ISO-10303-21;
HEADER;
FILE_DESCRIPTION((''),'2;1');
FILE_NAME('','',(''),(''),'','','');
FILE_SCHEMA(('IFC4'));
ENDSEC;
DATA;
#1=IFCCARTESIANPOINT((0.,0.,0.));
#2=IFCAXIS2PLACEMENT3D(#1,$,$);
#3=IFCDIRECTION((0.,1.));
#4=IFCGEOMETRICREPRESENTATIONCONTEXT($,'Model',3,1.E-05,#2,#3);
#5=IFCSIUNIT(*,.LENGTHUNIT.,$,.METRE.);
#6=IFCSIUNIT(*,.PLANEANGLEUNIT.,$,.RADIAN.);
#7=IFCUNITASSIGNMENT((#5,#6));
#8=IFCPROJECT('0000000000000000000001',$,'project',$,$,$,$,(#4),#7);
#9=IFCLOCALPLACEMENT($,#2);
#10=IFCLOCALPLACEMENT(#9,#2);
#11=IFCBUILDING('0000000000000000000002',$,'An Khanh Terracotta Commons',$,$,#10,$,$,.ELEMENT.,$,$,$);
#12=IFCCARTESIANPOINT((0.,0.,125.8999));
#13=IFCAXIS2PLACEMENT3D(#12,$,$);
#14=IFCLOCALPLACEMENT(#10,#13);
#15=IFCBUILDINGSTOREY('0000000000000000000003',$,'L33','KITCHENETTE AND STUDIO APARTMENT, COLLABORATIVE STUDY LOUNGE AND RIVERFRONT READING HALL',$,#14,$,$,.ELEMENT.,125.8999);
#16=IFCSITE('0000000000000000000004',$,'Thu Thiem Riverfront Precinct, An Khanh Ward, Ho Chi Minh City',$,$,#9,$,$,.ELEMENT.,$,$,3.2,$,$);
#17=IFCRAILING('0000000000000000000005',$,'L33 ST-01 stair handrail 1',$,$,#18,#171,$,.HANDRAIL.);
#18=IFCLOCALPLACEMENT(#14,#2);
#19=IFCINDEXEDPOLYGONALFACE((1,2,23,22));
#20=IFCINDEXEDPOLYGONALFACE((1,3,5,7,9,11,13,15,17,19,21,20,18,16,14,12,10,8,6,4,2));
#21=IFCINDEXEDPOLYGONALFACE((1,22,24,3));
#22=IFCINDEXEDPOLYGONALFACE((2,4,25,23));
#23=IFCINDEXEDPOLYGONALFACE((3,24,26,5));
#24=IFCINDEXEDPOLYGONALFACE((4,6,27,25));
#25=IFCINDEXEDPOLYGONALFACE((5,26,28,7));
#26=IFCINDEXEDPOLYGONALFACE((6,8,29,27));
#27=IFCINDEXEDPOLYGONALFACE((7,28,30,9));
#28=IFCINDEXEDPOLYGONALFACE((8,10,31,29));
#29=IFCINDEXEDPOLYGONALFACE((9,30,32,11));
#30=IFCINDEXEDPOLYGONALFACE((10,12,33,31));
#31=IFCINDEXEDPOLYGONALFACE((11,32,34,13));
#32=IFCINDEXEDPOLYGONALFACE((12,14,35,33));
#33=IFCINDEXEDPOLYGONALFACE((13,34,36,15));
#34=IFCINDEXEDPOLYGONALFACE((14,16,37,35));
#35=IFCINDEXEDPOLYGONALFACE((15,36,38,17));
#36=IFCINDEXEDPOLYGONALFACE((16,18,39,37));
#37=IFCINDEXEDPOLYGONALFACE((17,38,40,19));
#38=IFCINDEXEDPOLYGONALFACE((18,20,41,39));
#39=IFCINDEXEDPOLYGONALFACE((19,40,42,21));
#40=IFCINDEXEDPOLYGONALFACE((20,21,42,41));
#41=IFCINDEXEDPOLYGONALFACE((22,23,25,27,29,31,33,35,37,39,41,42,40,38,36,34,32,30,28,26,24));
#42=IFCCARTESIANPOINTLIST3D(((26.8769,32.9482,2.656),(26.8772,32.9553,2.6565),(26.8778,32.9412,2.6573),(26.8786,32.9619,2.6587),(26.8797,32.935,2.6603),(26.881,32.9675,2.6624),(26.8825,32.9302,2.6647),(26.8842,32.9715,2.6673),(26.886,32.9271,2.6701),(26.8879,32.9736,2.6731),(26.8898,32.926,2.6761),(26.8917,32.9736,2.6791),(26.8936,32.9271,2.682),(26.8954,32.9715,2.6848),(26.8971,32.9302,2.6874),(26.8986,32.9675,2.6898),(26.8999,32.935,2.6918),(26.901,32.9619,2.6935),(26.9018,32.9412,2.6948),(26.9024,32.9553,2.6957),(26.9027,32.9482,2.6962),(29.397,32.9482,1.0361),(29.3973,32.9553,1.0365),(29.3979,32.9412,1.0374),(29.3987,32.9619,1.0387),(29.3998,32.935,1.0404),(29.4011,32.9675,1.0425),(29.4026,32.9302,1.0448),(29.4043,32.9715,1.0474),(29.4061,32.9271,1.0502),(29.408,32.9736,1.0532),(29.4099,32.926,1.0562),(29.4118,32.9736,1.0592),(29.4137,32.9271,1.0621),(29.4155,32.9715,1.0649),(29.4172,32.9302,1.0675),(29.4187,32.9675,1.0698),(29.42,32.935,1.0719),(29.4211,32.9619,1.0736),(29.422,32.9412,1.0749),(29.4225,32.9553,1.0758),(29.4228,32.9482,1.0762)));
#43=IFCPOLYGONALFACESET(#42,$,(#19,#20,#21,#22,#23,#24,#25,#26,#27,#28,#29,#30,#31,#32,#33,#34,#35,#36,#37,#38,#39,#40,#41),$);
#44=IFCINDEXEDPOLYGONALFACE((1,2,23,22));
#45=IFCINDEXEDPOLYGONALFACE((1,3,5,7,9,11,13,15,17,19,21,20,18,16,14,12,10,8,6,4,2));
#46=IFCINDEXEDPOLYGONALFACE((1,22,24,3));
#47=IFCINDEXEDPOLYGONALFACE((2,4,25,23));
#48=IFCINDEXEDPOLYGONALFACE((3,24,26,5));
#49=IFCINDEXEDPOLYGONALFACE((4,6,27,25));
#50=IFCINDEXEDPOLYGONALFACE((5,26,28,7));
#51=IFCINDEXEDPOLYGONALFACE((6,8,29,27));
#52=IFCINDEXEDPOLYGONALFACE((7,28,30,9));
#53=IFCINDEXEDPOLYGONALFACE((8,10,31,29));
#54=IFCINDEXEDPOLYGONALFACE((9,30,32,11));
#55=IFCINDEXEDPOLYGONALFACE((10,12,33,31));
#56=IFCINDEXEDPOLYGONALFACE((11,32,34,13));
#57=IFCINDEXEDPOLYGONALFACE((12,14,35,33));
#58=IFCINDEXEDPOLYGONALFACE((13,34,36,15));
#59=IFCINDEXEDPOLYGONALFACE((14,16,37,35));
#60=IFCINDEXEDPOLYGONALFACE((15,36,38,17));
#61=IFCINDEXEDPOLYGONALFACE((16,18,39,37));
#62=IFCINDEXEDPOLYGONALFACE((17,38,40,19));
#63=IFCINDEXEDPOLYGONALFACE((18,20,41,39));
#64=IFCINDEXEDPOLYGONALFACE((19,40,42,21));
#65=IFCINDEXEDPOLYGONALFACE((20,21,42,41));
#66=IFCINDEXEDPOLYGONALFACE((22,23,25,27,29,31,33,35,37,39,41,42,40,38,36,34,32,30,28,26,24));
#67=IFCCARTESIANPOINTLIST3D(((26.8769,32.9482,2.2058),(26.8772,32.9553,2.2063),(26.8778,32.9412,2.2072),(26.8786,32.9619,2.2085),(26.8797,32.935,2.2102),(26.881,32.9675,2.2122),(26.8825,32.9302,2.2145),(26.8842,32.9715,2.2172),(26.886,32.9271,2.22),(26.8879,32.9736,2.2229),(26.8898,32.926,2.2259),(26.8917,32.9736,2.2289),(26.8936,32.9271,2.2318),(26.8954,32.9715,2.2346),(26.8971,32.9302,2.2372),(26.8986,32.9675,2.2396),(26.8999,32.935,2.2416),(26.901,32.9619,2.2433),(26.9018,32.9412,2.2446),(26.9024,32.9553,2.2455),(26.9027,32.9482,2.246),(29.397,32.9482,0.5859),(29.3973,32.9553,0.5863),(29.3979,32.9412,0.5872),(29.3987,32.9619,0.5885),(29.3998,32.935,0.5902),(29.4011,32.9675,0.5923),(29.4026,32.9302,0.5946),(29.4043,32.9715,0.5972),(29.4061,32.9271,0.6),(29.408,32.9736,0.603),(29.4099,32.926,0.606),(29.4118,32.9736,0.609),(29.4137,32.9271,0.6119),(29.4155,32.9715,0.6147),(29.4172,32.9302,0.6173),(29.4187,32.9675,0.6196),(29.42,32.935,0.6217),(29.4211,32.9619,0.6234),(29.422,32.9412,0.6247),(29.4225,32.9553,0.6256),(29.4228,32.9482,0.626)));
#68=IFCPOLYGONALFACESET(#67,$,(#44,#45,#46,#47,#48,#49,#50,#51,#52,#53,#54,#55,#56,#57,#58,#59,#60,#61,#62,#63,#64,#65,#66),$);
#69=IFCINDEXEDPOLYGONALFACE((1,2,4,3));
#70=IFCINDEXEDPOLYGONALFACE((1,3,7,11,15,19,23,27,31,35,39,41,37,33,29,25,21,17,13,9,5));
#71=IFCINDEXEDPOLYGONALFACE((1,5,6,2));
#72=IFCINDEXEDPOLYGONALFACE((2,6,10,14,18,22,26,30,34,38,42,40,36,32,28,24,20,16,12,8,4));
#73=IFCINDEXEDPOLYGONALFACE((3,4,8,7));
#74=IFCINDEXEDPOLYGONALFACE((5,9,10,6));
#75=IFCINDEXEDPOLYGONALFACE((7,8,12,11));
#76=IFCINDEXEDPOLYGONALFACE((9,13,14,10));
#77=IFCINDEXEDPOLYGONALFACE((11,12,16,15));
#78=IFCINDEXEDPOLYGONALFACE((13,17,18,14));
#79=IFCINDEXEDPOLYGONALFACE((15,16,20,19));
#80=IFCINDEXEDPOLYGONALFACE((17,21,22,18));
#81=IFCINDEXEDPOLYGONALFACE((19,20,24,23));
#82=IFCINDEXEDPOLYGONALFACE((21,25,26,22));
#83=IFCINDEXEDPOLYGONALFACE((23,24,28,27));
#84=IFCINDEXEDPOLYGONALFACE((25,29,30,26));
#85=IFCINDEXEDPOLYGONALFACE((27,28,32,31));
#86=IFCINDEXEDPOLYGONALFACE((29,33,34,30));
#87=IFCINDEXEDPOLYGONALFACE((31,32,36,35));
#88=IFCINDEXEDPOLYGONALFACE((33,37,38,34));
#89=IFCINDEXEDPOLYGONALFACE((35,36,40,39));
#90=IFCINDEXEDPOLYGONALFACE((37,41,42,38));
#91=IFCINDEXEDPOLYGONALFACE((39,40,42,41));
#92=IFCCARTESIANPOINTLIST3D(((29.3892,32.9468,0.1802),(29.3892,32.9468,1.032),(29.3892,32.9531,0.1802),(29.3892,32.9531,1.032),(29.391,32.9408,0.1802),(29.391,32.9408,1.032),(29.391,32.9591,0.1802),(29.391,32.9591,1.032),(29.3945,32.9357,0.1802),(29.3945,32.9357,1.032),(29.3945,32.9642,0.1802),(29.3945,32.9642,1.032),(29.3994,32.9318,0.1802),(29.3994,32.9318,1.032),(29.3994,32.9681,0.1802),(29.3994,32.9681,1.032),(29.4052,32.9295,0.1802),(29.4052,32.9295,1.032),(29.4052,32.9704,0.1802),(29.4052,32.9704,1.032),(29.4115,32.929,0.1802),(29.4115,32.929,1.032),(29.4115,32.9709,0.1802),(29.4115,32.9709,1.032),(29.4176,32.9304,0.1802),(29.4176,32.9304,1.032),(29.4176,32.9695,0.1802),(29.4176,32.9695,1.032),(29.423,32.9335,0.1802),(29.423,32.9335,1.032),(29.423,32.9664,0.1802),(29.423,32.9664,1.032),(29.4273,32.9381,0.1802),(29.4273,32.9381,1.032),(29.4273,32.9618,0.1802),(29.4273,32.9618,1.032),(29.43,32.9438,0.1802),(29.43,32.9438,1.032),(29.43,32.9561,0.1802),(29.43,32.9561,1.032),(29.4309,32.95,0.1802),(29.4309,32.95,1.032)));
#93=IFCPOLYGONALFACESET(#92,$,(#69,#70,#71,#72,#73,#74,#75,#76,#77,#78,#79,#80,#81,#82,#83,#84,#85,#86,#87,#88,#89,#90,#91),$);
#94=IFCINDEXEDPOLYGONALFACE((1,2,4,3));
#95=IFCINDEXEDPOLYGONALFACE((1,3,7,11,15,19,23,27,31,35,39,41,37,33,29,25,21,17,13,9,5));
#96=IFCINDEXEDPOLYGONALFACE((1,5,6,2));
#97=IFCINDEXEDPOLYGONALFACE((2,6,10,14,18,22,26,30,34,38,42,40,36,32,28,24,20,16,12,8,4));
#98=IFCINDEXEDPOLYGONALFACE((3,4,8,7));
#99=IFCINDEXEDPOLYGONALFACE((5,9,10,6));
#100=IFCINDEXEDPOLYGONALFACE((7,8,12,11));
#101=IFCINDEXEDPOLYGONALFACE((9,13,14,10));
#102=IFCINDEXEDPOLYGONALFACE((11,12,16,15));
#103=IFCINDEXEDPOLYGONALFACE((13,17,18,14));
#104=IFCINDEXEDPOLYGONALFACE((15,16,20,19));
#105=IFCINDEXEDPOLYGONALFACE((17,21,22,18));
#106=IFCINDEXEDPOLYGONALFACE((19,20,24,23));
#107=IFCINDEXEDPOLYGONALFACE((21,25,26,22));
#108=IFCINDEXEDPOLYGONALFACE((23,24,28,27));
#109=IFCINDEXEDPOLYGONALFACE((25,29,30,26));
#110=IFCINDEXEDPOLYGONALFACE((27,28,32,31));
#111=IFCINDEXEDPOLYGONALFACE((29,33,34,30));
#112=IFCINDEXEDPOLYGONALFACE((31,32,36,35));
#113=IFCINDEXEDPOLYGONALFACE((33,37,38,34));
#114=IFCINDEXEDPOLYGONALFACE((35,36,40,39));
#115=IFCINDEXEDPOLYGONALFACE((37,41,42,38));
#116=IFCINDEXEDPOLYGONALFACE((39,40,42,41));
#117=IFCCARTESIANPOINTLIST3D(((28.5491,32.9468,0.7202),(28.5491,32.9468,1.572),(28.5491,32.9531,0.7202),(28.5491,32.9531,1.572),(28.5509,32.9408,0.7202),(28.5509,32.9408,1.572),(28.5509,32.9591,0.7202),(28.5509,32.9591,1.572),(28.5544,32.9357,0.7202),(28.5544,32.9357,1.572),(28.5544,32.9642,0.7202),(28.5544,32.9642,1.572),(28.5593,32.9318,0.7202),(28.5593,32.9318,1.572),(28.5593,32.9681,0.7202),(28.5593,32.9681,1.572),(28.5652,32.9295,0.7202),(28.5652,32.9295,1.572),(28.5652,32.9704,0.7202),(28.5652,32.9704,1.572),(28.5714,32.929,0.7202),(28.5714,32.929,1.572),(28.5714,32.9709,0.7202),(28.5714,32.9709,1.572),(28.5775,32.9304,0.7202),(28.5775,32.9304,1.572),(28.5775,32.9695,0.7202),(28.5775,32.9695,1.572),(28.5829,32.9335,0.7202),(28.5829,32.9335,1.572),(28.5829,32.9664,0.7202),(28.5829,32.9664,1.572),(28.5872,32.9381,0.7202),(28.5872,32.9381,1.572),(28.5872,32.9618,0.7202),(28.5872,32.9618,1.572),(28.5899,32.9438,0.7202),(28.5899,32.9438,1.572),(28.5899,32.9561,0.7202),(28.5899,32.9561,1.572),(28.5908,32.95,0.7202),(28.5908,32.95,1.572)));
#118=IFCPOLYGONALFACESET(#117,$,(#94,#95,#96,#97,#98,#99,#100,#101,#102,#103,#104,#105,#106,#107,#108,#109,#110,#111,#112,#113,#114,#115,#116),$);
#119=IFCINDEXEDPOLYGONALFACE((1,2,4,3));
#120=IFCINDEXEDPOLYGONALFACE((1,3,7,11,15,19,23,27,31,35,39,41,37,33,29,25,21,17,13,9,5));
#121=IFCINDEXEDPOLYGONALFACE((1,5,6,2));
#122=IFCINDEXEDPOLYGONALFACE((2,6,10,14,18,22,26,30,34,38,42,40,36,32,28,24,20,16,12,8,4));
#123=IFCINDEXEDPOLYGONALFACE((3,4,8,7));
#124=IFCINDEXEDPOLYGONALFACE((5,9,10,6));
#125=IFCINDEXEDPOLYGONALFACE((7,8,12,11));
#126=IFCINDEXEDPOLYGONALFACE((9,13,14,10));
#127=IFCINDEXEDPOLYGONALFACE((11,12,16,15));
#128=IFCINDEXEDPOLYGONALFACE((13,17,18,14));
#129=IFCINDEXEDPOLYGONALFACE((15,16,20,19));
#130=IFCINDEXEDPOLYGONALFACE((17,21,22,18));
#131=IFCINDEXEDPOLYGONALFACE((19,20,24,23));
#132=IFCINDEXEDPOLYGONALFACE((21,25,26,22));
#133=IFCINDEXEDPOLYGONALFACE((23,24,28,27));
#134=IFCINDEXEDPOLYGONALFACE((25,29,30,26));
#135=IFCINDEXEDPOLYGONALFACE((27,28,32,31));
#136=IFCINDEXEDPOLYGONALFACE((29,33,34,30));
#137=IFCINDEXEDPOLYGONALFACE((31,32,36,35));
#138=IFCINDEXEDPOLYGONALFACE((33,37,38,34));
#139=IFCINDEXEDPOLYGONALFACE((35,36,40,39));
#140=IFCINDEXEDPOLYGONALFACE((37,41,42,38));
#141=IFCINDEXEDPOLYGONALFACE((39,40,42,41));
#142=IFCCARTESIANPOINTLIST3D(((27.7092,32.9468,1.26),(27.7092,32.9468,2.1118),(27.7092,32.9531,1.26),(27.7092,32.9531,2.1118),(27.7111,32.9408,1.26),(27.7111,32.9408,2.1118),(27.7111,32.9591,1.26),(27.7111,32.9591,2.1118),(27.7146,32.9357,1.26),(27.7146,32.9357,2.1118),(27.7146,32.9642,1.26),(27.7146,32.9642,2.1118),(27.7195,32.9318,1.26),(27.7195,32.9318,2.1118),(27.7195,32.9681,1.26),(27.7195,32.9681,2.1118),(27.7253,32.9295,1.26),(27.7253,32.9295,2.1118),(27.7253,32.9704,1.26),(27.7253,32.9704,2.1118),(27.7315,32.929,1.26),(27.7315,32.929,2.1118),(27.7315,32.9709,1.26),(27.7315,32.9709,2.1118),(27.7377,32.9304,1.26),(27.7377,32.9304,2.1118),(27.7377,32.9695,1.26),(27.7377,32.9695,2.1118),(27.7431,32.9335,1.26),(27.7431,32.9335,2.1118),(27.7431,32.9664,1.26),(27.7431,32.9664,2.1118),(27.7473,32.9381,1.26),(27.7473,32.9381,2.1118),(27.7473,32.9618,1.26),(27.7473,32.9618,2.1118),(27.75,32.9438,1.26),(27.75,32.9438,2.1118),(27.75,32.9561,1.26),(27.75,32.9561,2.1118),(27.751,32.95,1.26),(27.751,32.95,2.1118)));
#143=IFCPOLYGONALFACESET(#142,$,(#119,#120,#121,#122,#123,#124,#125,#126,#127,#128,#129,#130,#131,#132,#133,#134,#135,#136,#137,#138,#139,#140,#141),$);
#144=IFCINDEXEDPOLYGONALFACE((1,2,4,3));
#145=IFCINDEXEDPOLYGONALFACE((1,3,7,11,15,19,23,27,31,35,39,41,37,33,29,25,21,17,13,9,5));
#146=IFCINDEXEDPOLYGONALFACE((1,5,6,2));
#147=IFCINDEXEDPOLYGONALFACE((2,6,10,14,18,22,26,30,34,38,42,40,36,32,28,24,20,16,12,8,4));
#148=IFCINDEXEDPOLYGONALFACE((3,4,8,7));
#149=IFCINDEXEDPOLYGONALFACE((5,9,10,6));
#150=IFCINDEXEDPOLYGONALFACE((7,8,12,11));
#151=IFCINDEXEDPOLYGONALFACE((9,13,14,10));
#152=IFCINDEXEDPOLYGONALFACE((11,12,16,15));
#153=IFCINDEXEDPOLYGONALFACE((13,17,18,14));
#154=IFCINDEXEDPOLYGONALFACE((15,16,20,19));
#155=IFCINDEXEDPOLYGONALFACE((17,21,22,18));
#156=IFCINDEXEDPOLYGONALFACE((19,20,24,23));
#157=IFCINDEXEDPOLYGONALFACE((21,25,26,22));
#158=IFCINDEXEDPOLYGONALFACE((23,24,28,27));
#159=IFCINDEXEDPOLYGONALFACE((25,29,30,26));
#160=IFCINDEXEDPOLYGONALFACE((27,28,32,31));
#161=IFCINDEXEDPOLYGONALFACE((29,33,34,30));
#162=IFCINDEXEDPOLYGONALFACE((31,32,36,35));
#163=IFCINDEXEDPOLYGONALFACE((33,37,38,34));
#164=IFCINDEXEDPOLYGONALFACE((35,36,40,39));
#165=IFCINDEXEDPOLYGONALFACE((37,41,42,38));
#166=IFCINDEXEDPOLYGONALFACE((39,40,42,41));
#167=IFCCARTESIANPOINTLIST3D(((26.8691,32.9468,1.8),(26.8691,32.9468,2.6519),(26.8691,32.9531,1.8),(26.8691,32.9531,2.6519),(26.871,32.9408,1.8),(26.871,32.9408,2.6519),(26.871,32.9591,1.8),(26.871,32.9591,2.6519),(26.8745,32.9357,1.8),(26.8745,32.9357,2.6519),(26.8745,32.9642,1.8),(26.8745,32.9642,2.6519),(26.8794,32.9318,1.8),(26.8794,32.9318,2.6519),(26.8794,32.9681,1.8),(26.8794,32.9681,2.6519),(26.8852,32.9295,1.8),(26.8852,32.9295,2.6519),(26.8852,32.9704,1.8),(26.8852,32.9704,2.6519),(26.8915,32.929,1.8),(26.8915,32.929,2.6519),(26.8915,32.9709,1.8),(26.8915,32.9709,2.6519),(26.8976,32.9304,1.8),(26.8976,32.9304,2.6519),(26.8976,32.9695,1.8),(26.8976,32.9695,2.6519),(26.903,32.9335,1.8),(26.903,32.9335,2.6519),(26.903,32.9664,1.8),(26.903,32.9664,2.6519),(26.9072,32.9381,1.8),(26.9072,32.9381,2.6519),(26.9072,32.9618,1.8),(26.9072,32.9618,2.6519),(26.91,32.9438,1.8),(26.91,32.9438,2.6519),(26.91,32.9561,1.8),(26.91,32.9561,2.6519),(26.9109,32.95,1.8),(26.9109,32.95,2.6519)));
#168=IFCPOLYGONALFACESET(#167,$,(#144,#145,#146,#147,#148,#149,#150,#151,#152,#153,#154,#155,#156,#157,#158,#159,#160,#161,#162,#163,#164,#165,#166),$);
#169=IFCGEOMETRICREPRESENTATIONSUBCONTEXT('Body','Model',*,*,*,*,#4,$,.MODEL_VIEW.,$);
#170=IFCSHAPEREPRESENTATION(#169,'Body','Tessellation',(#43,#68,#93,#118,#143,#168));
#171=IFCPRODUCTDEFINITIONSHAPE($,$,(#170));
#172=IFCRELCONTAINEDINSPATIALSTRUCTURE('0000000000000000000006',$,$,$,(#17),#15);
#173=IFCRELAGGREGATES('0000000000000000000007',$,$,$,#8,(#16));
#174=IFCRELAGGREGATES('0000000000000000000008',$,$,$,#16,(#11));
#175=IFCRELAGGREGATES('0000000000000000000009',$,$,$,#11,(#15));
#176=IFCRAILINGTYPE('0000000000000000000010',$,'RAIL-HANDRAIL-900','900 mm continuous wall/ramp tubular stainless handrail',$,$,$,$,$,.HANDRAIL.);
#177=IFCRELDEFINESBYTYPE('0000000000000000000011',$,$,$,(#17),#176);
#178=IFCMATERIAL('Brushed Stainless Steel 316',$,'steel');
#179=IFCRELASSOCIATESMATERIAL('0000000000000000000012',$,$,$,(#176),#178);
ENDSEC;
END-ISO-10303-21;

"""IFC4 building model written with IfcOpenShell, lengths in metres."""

from ifc_helpers import new_model, si_unit, direction, frame, origin, origin_2d, place, context, subcontext, project, spatial, circle, extrude, material, type_object, element, save


model = new_model("IFC4")

# Units and contexts
model_context = context("Model", 3, precision=1e-05, world=origin(), true_north=direction((0.0, 1.0)))
body_context = subcontext(model_context, "Body", "Model", "MODEL_VIEW")
ifc_project = project(units=[si_unit("LENGTHUNIT", "METRE"), si_unit("PLANEANGLEUNIT", "RADIAN")], contexts=[model_context])

# Site, building, storey
site_placement = place(None, origin())
site = spatial("IfcSite", under=ifc_project, at=site_placement, Name="Thu Thiem Riverfront Precinct, An Khanh Ward, Ho Chi Minh City", CompositionType="ELEMENT", RefElevation=3.2)
building_placement = place(site_placement, origin())
building = spatial("IfcBuilding", under=site, at=building_placement, Name="An Khanh Terracotta Commons", CompositionType="ELEMENT")
storey_placement = place(building_placement, frame((0.0, 0.0, 125.8999)))
storey = spatial("IfcBuildingStorey", under=building, at=storey_placement, Name="L33", Description="KITCHENETTE AND STUDIO APARTMENT, COLLABORATIVE STUDY LOUNGE AND RIVERFRONT READING HALL", CompositionType="ELEMENT", Elevation=125.8999)

# Railing
ifc_material_1 = material(Name="Brushed Stainless Steel 316", Category="steel")
railing_type_1 = type_object("IfcRailingType", Name="RAIL-HANDRAIL-900", Description="900 mm continuous wall/ramp tubular stainless handrail", PredefinedType="HANDRAIL", material=ifc_material_1)
railing_1_placement = place(storey_placement, frame((29.4099, 32.95, 0.1802)))
element("IfcRailing", 1, at=railing_1_placement, inside=storey, type_object=railing_type_1, Name="L33 ST-01 stair handrail 1", PredefinedType="HANDRAIL", context=body_context, shape_type="SweptSolid", body=[
    extrude(circle(Radius=0.0239, at=origin_2d()), frame((0.0, 0.0, 0.876), z_axis=(-0.8412, 0.0, 0.540725), x_axis=(0.0, -1.0, 0.0)), (0.0, 0.0, 1.0), 2.9958),
    extrude(circle(Radius=0.0239, at=origin_2d()), frame((0.0, 0.0, 0.4258), z_axis=(-0.8412, 0.0, 0.540725), x_axis=(0.0, -1.0, 0.0)), (0.0, 0.0, 1.0), 2.9958),
    extrude(circle(Radius=0.021, at=origin_2d()), origin(), (0.0, 0.0, 1.0), 0.8518),
    extrude(circle(Radius=0.021, at=origin_2d()), frame((-0.8401, 0.0, 0.54)), (0.0, 0.0, 1.0), 0.8518),
    extrude(circle(Radius=0.021, at=origin_2d()), frame((-1.6799, 0.0, 1.0798)), (0.0, 0.0, 1.0), 0.8518),
    extrude(circle(Radius=0.021, at=origin_2d()), frame((-2.52, 0.0, 1.6199)), (0.0, 0.0, 1.0), 0.8518),
])

save(model, "model.ifc")
